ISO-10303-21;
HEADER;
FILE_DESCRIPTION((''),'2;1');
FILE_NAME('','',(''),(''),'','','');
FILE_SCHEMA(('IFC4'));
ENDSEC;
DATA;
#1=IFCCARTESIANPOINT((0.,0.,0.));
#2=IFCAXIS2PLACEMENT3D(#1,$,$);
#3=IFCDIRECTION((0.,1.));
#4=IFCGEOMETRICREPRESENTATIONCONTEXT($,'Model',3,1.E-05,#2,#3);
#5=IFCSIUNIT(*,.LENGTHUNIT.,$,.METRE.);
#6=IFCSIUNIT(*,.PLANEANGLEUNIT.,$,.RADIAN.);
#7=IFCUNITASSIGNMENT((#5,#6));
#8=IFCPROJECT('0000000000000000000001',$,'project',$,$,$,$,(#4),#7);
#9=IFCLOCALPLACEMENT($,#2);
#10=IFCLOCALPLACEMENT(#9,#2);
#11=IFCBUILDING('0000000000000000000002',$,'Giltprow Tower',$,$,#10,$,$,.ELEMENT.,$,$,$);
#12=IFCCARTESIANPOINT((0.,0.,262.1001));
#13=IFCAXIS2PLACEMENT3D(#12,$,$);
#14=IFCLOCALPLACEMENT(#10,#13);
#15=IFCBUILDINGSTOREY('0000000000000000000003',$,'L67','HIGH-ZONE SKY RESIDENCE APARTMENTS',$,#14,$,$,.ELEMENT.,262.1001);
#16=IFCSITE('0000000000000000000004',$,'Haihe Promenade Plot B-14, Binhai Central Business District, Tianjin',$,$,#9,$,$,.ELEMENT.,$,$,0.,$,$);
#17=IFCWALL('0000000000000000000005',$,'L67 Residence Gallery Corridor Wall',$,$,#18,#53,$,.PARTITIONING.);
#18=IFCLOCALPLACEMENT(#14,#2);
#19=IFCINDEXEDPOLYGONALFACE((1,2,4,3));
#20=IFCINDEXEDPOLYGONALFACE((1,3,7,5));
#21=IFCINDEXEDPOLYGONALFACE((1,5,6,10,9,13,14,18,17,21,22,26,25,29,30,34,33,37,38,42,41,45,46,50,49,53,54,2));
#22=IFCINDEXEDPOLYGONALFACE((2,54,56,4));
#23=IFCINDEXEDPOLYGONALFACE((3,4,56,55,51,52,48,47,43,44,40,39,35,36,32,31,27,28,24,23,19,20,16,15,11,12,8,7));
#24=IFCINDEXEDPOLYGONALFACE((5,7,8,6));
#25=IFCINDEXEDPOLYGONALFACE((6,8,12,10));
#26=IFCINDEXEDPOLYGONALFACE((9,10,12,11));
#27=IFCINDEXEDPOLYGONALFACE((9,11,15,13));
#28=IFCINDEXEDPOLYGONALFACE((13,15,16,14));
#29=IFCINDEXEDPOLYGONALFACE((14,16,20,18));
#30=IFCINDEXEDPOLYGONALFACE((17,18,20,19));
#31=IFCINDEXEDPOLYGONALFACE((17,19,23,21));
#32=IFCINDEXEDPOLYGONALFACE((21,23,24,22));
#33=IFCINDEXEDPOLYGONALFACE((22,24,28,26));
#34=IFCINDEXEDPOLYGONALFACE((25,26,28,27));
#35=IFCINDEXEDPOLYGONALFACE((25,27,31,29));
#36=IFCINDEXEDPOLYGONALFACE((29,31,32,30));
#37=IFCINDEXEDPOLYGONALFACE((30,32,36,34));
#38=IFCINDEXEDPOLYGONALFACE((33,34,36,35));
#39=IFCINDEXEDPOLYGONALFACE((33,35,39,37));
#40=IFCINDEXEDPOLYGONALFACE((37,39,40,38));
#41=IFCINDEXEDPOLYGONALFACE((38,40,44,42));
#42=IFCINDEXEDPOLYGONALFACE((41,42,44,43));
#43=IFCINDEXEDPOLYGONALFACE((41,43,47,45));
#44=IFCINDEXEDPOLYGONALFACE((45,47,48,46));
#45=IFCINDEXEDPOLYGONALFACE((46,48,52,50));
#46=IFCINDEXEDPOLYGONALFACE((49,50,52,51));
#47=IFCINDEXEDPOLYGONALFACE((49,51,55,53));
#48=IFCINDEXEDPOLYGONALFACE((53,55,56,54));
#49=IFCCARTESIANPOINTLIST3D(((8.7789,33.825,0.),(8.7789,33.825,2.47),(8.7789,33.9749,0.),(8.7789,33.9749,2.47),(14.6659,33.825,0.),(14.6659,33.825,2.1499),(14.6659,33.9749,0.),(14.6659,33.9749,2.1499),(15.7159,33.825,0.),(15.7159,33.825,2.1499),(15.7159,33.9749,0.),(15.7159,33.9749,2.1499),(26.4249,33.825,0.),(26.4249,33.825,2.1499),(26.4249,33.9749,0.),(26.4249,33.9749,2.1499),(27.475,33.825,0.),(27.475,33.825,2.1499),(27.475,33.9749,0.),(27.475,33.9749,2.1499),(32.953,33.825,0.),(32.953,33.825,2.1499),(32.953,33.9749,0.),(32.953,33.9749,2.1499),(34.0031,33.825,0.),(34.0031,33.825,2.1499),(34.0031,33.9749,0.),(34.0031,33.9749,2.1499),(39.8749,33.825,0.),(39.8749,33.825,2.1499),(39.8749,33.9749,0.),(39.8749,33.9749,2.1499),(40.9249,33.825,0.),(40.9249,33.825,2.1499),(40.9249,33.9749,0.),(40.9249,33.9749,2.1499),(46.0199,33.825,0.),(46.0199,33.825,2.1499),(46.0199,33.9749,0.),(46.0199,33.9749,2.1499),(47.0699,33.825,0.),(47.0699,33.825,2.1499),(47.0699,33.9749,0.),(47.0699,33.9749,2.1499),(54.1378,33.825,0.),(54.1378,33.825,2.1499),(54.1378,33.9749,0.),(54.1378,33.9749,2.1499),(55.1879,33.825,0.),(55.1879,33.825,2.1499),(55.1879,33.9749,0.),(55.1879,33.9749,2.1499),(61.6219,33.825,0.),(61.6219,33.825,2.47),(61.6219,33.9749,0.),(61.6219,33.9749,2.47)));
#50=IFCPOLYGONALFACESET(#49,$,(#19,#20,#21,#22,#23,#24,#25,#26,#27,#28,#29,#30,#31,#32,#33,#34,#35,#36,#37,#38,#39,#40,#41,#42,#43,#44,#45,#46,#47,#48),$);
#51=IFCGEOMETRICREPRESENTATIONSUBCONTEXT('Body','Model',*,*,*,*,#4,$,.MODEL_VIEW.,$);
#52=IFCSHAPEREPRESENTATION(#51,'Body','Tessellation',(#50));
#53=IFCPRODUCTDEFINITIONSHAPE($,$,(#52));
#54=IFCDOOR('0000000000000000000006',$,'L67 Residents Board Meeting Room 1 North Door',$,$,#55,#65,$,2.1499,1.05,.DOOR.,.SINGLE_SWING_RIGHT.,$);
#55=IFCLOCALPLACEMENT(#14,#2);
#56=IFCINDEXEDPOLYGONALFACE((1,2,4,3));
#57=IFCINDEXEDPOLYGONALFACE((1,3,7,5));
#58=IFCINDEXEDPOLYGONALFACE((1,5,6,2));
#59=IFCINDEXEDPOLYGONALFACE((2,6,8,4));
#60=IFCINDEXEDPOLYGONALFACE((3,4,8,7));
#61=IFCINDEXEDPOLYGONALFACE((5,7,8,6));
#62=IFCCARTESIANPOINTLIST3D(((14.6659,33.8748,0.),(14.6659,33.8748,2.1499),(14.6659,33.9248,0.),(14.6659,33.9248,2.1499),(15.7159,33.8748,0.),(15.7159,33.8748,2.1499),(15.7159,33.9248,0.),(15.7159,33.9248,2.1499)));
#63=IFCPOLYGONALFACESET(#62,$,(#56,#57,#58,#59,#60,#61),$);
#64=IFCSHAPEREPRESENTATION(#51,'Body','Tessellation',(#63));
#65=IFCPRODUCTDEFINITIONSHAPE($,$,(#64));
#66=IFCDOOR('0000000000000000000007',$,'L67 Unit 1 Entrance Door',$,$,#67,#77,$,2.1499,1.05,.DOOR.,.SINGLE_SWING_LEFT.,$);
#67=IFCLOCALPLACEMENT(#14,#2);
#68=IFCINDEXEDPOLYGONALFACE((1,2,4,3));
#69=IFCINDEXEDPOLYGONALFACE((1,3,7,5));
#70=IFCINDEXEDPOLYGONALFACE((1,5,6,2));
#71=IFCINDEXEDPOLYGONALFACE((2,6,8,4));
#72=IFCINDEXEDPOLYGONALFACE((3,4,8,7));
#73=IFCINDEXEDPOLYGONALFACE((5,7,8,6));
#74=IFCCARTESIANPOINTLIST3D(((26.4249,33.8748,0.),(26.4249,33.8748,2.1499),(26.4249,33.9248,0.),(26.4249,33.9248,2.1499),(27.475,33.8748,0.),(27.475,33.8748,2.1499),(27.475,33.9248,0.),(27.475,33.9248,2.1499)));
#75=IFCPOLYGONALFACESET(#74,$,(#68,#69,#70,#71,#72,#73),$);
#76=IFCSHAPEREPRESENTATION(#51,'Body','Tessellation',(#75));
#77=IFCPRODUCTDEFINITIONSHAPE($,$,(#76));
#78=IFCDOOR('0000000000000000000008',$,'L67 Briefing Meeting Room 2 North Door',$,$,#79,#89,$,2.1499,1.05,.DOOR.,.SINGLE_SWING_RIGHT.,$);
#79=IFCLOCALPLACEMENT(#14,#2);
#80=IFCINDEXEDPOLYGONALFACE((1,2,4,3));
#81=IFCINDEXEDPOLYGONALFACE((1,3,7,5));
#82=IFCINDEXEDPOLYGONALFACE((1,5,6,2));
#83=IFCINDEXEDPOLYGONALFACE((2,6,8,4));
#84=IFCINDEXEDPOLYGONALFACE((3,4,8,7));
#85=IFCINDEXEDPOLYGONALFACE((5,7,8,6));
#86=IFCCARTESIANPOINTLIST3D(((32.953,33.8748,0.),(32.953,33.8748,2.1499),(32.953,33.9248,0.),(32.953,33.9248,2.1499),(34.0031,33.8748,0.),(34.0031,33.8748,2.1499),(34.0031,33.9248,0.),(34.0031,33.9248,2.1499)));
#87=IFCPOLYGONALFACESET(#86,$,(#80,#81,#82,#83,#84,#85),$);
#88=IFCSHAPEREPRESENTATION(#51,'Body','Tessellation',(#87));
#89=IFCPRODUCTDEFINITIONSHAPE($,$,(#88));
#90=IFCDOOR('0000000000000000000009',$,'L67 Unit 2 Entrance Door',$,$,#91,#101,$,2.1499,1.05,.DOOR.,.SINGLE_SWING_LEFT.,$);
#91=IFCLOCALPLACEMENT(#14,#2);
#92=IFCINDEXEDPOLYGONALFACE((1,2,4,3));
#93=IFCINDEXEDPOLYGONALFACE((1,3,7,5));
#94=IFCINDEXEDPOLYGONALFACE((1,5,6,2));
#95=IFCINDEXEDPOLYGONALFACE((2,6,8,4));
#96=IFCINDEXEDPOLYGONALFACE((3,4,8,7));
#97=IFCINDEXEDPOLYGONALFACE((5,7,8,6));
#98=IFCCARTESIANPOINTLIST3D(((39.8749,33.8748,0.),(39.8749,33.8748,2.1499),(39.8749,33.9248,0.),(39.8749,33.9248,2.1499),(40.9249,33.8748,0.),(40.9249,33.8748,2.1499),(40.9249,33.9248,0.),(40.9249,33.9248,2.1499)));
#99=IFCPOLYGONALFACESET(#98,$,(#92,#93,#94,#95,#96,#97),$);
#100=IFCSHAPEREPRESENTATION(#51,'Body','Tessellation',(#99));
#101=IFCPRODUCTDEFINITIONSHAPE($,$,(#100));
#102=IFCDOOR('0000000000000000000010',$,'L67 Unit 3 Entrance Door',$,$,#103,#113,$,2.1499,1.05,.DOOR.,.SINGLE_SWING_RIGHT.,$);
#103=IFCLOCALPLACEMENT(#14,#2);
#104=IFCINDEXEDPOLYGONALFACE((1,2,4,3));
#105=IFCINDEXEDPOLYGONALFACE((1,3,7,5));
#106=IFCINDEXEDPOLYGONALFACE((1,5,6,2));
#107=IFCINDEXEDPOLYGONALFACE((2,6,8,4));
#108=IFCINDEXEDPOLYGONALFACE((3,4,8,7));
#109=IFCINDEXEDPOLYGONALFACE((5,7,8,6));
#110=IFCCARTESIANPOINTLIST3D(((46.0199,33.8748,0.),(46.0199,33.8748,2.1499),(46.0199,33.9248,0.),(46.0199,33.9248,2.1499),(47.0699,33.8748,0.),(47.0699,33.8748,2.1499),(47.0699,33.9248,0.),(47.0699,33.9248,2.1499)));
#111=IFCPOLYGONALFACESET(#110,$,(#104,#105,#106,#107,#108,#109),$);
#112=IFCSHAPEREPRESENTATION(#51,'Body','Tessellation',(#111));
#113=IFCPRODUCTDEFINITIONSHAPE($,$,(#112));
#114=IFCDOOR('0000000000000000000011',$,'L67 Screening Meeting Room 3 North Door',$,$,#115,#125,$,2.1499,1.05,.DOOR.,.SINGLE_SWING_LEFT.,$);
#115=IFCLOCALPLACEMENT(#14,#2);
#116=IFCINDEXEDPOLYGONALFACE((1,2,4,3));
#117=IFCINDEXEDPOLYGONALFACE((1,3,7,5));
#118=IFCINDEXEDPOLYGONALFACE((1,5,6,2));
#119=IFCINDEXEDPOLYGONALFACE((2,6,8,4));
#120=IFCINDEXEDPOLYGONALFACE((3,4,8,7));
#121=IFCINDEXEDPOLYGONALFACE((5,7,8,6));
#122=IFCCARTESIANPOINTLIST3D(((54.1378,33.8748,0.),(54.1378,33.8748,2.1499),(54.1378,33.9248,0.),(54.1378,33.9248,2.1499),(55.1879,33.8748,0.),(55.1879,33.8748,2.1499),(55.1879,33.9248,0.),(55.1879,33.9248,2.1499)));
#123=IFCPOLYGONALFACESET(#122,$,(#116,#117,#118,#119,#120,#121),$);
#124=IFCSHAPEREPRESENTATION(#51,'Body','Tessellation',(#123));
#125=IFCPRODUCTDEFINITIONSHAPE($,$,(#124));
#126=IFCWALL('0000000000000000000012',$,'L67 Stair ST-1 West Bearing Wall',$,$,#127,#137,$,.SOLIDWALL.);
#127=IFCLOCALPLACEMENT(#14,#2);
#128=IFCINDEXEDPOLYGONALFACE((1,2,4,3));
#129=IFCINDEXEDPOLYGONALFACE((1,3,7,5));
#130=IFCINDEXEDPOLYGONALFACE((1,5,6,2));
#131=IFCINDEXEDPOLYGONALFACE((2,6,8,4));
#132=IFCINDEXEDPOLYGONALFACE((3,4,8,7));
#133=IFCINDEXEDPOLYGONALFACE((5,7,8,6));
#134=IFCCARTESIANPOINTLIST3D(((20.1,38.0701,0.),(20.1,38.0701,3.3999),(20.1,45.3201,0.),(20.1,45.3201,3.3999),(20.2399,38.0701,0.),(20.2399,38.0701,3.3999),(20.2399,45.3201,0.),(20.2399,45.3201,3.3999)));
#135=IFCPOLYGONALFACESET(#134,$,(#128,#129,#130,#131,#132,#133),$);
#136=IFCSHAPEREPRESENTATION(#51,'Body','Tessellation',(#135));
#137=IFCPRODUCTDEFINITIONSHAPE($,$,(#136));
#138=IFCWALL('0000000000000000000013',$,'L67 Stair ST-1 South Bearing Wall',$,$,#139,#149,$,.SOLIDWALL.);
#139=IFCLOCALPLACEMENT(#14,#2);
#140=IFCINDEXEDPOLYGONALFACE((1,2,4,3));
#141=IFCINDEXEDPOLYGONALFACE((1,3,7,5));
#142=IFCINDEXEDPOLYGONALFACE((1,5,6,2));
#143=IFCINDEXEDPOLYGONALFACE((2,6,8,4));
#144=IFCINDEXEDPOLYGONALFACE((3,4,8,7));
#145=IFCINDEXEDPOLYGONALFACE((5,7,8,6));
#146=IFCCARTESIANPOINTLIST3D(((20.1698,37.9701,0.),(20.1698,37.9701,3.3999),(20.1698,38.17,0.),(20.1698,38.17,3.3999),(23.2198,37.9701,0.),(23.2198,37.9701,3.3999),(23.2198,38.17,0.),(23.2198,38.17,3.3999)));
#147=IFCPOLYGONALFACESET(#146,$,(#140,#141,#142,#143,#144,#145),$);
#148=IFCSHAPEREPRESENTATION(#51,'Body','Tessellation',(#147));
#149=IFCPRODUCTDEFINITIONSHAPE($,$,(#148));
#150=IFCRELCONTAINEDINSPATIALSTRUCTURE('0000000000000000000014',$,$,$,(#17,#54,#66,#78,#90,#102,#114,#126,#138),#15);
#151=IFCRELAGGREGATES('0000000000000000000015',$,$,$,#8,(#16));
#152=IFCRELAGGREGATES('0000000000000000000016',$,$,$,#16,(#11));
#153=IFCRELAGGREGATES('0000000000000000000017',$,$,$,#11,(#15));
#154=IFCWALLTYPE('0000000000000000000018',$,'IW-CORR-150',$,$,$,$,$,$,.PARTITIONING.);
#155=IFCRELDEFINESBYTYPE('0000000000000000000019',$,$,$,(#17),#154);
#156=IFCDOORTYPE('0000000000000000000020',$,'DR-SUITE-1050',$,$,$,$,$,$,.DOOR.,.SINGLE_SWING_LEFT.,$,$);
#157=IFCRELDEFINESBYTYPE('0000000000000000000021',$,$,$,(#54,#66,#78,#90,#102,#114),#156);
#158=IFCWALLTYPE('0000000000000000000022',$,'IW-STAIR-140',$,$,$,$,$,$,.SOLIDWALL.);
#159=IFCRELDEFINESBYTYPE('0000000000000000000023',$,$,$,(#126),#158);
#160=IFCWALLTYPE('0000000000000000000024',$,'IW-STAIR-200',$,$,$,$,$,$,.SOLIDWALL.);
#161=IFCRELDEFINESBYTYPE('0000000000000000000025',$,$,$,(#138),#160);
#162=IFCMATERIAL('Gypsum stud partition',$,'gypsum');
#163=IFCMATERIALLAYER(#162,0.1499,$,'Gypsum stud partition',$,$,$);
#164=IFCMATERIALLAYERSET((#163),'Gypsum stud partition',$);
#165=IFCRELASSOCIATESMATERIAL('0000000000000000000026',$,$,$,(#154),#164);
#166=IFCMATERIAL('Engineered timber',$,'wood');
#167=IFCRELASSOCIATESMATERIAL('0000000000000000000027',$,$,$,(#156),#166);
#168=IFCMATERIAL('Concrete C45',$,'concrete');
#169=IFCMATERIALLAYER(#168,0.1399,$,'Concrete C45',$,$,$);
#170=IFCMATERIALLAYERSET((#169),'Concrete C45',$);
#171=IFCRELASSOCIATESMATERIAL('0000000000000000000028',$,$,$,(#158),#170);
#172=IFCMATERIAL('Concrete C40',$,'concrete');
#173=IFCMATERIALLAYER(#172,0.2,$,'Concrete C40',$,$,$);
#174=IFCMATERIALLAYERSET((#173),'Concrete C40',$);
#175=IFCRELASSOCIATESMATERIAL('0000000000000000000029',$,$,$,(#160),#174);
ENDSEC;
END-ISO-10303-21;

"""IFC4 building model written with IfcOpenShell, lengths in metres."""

from ifc_helpers import new_model, si_unit, direction, frame, frame_2d, origin, place, context, subcontext, project, spatial, rectangle, extrude, source, transform, mapped, material, layer, layer_set, type_object, element, fill, save


model = new_model("IFC4")

# Units and contexts
model_context = context("Model", 3, precision=1e-05, world=origin(), true_north=direction((0.0, 1.0)))
body_context = subcontext(model_context, "Body", "Model", "MODEL_VIEW")
ifc_project = project(units=[si_unit("LENGTHUNIT", "METRE"), si_unit("PLANEANGLEUNIT", "RADIAN")], contexts=[model_context])

# Site, building, storey
site_placement = place(None, origin())
site = spatial("IfcSite", under=ifc_project, at=site_placement, Name="Haihe Promenade Plot B-14, Binhai Central Business District, Tianjin", CompositionType="ELEMENT", RefElevation=0.0)
building_placement = place(site_placement, origin())
building = spatial("IfcBuilding", under=site, at=building_placement, Name="Giltprow Tower", CompositionType="ELEMENT")
storey_placement = place(building_placement, frame((0.0, 0.0, 262.1001)))
storey = spatial("IfcBuildingStorey", under=building, at=storey_placement, Name="L67", Description="HIGH-ZONE SKY RESIDENCE APARTMENTS", CompositionType="ELEMENT", Elevation=262.1001)

# Shared definitions
ifc_material_1 = material(Name="Concrete C45", Category="concrete")

# Wall, openings, doors
ifc_material_2 = material(Name="Gypsum stud partition", Category="gypsum")
ifc_layer_1 = layer(ifc_material_2, 0.1499, Name="Gypsum stud partition")
ifc_layer_set_1 = layer_set([ifc_layer_1], Name="Gypsum stud partition")
wall_type_1 = type_object("IfcWallType", Name="IW-CORR-150", PredefinedType="PARTITIONING", material=ifc_layer_set_1)
wall_1_placement = place(storey_placement, frame((8.7791, 33.8999, 0.0), z_axis=(0.0, 0.0, 1.0), x_axis=(1.0, 0.0, 0.0)))
wall_1 = element("IfcWall", 1, at=wall_1_placement, inside=storey, type_object=wall_type_1, Name="L67 Residence Gallery Corridor Wall", PredefinedType="PARTITIONING", context=body_context, shape_type="SweptSolid", body=[
    extrude(rectangle(XDim=52.843, YDim=0.1499, at=frame_2d((26.4214, 0.0))), origin(), (0.0, 0.0, 1.0), 2.47),
])
opening_1_placement = place(wall_1_placement, frame((5.887, 0.0, 0.0)))
opening_1 = element("IfcOpeningElement", 2, at=opening_1_placement, cuts=wall_1, PredefinedType="OPENING", context=body_context, shape_type="SweptSolid", body=[
    extrude(rectangle(XDim=1.05, YDim=2.1499, at=frame_2d((0.5249, 1.075))), frame((0.0, 0.085, 0.0), z_axis=(0.0, -1.0, 0.0), x_axis=(1.0, 0.0, 0.0)), (0.0, 0.0, 1.0), 0.1699),
])
opening_2_placement = place(wall_1_placement, frame((17.646, 0.0, 0.0)))
opening_2 = element("IfcOpeningElement", 3, at=opening_2_placement, cuts=wall_1, PredefinedType="OPENING", context=body_context, shape_type="SweptSolid", body=[
    extrude(rectangle(XDim=1.05, YDim=2.1499, at=frame_2d((0.5249, 1.075))), frame((0.0, 0.085, 0.0), z_axis=(0.0, -1.0, 0.0), x_axis=(1.0, 0.0, 0.0)), (0.0, 0.0, 1.0), 0.1699),
])
opening_3_placement = place(wall_1_placement, frame((24.1741, 0.0, 0.0)))
opening_3 = element("IfcOpeningElement", 4, at=opening_3_placement, cuts=wall_1, PredefinedType="OPENING", context=body_context, shape_type="SweptSolid", body=[
    extrude(rectangle(XDim=1.05, YDim=2.1499, at=frame_2d((0.5249, 1.075))), frame((0.0, 0.085, 0.0), z_axis=(0.0, -1.0, 0.0), x_axis=(1.0, 0.0, 0.0)), (0.0, 0.0, 1.0), 0.1699),
])
opening_4_placement = place(wall_1_placement, frame((31.0959, 0.0, 0.0)))
opening_4 = element("IfcOpeningElement", 5, at=opening_4_placement, cuts=wall_1, PredefinedType="OPENING", context=body_context, shape_type="SweptSolid", body=[
    extrude(rectangle(XDim=1.05, YDim=2.1499, at=frame_2d((0.5249, 1.075))), frame((0.0, 0.085, 0.0), z_axis=(0.0, -1.0, 0.0), x_axis=(1.0, 0.0, 0.0)), (0.0, 0.0, 1.0), 0.1699),
])
opening_5_placement = place(wall_1_placement, frame((37.241, 0.0, 0.0)))
opening_5 = element("IfcOpeningElement", 6, at=opening_5_placement, cuts=wall_1, PredefinedType="OPENING", context=body_context, shape_type="SweptSolid", body=[
    extrude(rectangle(XDim=1.05, YDim=2.1499, at=frame_2d((0.5249, 1.075))), frame((0.0, 0.085, 0.0), z_axis=(0.0, -1.0, 0.0), x_axis=(1.0, 0.0, 0.0)), (0.0, 0.0, 1.0), 0.1699),
])
opening_6_placement = place(wall_1_placement, frame((45.3589, 0.0, 0.0)))
opening_6 = element("IfcOpeningElement", 7, at=opening_6_placement, cuts=wall_1, PredefinedType="OPENING", context=body_context, shape_type="SweptSolid", body=[
    extrude(rectangle(XDim=1.05, YDim=2.1499, at=frame_2d((0.5249, 1.075))), frame((0.0, 0.085, 0.0), z_axis=(0.0, -1.0, 0.0), x_axis=(1.0, 0.0, 0.0)), (0.0, 0.0, 1.0), 0.1699),
])
ifc_material_3 = material(Name="Engineered timber", Category="wood")
door_type_1 = type_object("IfcDoorType", Name="DR-SUITE-1050", OperationType="SINGLE_SWING_LEFT", PredefinedType="DOOR", material=ifc_material_3)
shared_shape_1 = source(origin(), body_context, "Body", "SweptSolid", [
    extrude(rectangle(XDim=1.05, YDim=2.1499, at=frame_2d((0.5249, 1.075))), frame((0.0, 0.0249, 0.0), z_axis=(0.0, -1.0, 0.0), x_axis=(1.0, 0.0, 0.0)), (0.0, 0.0, 1.0), 0.05),
])
door_1_placement = place(opening_1_placement, origin())
door_1 = element("IfcDoor", 8, at=door_1_placement, inside=storey, type_object=door_type_1, Name="L67 Residents Board Meeting Room 1 North Door", OperationType="SINGLE_SWING_RIGHT", OverallHeight=2.1499, OverallWidth=1.05, PredefinedType="DOOR", context=body_context, shape_type="MappedRepresentation", body=[
    mapped(shared_shape_1, transform((0.0, 0.0, 0.0), x_axis=(1.0, 0.0, 0.0), y_axis=(0.0, 1.0, 0.0), z_axis=(0.0, 0.0, 1.0), scale=1.0)),
])
fill(opening_1, door_1)
door_2_placement = place(opening_2_placement, origin())
door_2 = element("IfcDoor", 9, at=door_2_placement, inside=storey, type_object=door_type_1, Name="L67 Unit 1 Entrance Door", OperationType="SINGLE_SWING_LEFT", OverallHeight=2.1499, OverallWidth=1.05, PredefinedType="DOOR", context=body_context, shape_type="MappedRepresentation", body=[
    mapped(shared_shape_1, transform((0.0, 0.0, 0.0), x_axis=(1.0, 0.0, 0.0), y_axis=(0.0, 1.0, 0.0), z_axis=(0.0, 0.0, 1.0), scale=1.0)),
])
fill(opening_2, door_2)
door_3_placement = place(opening_3_placement, origin())
door_3 = element("IfcDoor", 10, at=door_3_placement, inside=storey, type_object=door_type_1, Name="L67 Briefing Meeting Room 2 North Door", OperationType="SINGLE_SWING_RIGHT", OverallHeight=2.1499, OverallWidth=1.05, PredefinedType="DOOR", context=body_context, shape_type="MappedRepresentation", body=[
    mapped(shared_shape_1, transform((0.0, 0.0, 0.0), x_axis=(1.0, 0.0, 0.0), y_axis=(0.0, 1.0, 0.0), z_axis=(0.0, 0.0, 1.0), scale=1.0)),
])
fill(opening_3, door_3)
door_4_placement = place(opening_4_placement, origin())
door_4 = element("IfcDoor", 11, at=door_4_placement, inside=storey, type_object=door_type_1, Name="L67 Unit 2 Entrance Door", OperationType="SINGLE_SWING_LEFT", OverallHeight=2.1499, OverallWidth=1.05, PredefinedType="DOOR", context=body_context, shape_type="MappedRepresentation", body=[
    mapped(shared_shape_1, transform((0.0, 0.0, 0.0), x_axis=(1.0, 0.0, 0.0), y_axis=(0.0, 1.0, 0.0), z_axis=(0.0, 0.0, 1.0), scale=1.0)),
])
fill(opening_4, door_4)
door_5_placement = place(opening_5_placement, origin())
door_5 = element("IfcDoor", 12, at=door_5_placement, inside=storey, type_object=door_type_1, Name="L67 Unit 3 Entrance Door", OperationType="SINGLE_SWING_RIGHT", OverallHeight=2.1499, OverallWidth=1.05, PredefinedType="DOOR", context=body_context, shape_type="MappedRepresentation", body=[
    mapped(shared_shape_1, transform((0.0, 0.0, 0.0), x_axis=(1.0, 0.0, 0.0), y_axis=(0.0, 1.0, 0.0), z_axis=(0.0, 0.0, 1.0), scale=1.0)),
])
fill(opening_5, door_5)
door_6_placement = place(opening_6_placement, origin())
door_6 = element("IfcDoor", 13, at=door_6_placement, inside=storey, type_object=door_type_1, Name="L67 Screening Meeting Room 3 North Door", OperationType="SINGLE_SWING_LEFT", OverallHeight=2.1499, OverallWidth=1.05, PredefinedType="DOOR", context=body_context, shape_type="MappedRepresentation", body=[
    mapped(shared_shape_1, transform((0.0, 0.0, 0.0), x_axis=(1.0, 0.0, 0.0), y_axis=(0.0, 1.0, 0.0), z_axis=(0.0, 0.0, 1.0), scale=1.0)),
])
fill(opening_6, door_6)

# Walls
ifc_layer_2 = layer(ifc_material_1, 0.1399, Name="Concrete C45")
ifc_layer_set_2 = layer_set([ifc_layer_2], Name="Concrete C45")
wall_type_2 = type_object("IfcWallType", Name="IW-STAIR-140", PredefinedType="SOLIDWALL", material=ifc_layer_set_2)
wall_2_placement = place(storey_placement, frame((20.1699, 38.0701, 0.0), z_axis=(0.0, 0.0, 1.0), x_axis=(0.0, 1.0, 0.0)))
element("IfcWall", 14, at=wall_2_placement, inside=storey, type_object=wall_type_2, Name="L67 Stair ST-1 West Bearing Wall", PredefinedType="SOLIDWALL", context=body_context, shape_type="SweptSolid", body=[
    extrude(rectangle(XDim=7.25, YDim=0.1399, at=frame_2d((3.625, 0.0))), origin(), (0.0, 0.0, 1.0), 3.3999),
])
ifc_material_4 = material(Name="Concrete C40", Category="concrete")
ifc_layer_3 = layer(ifc_material_4, 0.2, Name="Concrete C40")
ifc_layer_set_3 = layer_set([ifc_layer_3], Name="Concrete C40")
wall_type_3 = type_object("IfcWallType", Name="IW-STAIR-200", PredefinedType="SOLIDWALL", material=ifc_layer_set_3)
wall_3_placement = place(storey_placement, frame((20.1699, 38.0701, 0.0), z_axis=(0.0, 0.0, 1.0), x_axis=(1.0, 0.0, 0.0)))
element("IfcWall", 15, at=wall_3_placement, inside=storey, type_object=wall_type_3, Name="L67 Stair ST-1 South Bearing Wall", PredefinedType="SOLIDWALL", context=body_context, shape_type="SweptSolid", body=[
    extrude(rectangle(XDim=3.05, YDim=0.2, at=frame_2d((1.5249, 0.0))), origin(), (0.0, 0.0, 1.0), 3.3999),
])

save(model, "model.ifc")
